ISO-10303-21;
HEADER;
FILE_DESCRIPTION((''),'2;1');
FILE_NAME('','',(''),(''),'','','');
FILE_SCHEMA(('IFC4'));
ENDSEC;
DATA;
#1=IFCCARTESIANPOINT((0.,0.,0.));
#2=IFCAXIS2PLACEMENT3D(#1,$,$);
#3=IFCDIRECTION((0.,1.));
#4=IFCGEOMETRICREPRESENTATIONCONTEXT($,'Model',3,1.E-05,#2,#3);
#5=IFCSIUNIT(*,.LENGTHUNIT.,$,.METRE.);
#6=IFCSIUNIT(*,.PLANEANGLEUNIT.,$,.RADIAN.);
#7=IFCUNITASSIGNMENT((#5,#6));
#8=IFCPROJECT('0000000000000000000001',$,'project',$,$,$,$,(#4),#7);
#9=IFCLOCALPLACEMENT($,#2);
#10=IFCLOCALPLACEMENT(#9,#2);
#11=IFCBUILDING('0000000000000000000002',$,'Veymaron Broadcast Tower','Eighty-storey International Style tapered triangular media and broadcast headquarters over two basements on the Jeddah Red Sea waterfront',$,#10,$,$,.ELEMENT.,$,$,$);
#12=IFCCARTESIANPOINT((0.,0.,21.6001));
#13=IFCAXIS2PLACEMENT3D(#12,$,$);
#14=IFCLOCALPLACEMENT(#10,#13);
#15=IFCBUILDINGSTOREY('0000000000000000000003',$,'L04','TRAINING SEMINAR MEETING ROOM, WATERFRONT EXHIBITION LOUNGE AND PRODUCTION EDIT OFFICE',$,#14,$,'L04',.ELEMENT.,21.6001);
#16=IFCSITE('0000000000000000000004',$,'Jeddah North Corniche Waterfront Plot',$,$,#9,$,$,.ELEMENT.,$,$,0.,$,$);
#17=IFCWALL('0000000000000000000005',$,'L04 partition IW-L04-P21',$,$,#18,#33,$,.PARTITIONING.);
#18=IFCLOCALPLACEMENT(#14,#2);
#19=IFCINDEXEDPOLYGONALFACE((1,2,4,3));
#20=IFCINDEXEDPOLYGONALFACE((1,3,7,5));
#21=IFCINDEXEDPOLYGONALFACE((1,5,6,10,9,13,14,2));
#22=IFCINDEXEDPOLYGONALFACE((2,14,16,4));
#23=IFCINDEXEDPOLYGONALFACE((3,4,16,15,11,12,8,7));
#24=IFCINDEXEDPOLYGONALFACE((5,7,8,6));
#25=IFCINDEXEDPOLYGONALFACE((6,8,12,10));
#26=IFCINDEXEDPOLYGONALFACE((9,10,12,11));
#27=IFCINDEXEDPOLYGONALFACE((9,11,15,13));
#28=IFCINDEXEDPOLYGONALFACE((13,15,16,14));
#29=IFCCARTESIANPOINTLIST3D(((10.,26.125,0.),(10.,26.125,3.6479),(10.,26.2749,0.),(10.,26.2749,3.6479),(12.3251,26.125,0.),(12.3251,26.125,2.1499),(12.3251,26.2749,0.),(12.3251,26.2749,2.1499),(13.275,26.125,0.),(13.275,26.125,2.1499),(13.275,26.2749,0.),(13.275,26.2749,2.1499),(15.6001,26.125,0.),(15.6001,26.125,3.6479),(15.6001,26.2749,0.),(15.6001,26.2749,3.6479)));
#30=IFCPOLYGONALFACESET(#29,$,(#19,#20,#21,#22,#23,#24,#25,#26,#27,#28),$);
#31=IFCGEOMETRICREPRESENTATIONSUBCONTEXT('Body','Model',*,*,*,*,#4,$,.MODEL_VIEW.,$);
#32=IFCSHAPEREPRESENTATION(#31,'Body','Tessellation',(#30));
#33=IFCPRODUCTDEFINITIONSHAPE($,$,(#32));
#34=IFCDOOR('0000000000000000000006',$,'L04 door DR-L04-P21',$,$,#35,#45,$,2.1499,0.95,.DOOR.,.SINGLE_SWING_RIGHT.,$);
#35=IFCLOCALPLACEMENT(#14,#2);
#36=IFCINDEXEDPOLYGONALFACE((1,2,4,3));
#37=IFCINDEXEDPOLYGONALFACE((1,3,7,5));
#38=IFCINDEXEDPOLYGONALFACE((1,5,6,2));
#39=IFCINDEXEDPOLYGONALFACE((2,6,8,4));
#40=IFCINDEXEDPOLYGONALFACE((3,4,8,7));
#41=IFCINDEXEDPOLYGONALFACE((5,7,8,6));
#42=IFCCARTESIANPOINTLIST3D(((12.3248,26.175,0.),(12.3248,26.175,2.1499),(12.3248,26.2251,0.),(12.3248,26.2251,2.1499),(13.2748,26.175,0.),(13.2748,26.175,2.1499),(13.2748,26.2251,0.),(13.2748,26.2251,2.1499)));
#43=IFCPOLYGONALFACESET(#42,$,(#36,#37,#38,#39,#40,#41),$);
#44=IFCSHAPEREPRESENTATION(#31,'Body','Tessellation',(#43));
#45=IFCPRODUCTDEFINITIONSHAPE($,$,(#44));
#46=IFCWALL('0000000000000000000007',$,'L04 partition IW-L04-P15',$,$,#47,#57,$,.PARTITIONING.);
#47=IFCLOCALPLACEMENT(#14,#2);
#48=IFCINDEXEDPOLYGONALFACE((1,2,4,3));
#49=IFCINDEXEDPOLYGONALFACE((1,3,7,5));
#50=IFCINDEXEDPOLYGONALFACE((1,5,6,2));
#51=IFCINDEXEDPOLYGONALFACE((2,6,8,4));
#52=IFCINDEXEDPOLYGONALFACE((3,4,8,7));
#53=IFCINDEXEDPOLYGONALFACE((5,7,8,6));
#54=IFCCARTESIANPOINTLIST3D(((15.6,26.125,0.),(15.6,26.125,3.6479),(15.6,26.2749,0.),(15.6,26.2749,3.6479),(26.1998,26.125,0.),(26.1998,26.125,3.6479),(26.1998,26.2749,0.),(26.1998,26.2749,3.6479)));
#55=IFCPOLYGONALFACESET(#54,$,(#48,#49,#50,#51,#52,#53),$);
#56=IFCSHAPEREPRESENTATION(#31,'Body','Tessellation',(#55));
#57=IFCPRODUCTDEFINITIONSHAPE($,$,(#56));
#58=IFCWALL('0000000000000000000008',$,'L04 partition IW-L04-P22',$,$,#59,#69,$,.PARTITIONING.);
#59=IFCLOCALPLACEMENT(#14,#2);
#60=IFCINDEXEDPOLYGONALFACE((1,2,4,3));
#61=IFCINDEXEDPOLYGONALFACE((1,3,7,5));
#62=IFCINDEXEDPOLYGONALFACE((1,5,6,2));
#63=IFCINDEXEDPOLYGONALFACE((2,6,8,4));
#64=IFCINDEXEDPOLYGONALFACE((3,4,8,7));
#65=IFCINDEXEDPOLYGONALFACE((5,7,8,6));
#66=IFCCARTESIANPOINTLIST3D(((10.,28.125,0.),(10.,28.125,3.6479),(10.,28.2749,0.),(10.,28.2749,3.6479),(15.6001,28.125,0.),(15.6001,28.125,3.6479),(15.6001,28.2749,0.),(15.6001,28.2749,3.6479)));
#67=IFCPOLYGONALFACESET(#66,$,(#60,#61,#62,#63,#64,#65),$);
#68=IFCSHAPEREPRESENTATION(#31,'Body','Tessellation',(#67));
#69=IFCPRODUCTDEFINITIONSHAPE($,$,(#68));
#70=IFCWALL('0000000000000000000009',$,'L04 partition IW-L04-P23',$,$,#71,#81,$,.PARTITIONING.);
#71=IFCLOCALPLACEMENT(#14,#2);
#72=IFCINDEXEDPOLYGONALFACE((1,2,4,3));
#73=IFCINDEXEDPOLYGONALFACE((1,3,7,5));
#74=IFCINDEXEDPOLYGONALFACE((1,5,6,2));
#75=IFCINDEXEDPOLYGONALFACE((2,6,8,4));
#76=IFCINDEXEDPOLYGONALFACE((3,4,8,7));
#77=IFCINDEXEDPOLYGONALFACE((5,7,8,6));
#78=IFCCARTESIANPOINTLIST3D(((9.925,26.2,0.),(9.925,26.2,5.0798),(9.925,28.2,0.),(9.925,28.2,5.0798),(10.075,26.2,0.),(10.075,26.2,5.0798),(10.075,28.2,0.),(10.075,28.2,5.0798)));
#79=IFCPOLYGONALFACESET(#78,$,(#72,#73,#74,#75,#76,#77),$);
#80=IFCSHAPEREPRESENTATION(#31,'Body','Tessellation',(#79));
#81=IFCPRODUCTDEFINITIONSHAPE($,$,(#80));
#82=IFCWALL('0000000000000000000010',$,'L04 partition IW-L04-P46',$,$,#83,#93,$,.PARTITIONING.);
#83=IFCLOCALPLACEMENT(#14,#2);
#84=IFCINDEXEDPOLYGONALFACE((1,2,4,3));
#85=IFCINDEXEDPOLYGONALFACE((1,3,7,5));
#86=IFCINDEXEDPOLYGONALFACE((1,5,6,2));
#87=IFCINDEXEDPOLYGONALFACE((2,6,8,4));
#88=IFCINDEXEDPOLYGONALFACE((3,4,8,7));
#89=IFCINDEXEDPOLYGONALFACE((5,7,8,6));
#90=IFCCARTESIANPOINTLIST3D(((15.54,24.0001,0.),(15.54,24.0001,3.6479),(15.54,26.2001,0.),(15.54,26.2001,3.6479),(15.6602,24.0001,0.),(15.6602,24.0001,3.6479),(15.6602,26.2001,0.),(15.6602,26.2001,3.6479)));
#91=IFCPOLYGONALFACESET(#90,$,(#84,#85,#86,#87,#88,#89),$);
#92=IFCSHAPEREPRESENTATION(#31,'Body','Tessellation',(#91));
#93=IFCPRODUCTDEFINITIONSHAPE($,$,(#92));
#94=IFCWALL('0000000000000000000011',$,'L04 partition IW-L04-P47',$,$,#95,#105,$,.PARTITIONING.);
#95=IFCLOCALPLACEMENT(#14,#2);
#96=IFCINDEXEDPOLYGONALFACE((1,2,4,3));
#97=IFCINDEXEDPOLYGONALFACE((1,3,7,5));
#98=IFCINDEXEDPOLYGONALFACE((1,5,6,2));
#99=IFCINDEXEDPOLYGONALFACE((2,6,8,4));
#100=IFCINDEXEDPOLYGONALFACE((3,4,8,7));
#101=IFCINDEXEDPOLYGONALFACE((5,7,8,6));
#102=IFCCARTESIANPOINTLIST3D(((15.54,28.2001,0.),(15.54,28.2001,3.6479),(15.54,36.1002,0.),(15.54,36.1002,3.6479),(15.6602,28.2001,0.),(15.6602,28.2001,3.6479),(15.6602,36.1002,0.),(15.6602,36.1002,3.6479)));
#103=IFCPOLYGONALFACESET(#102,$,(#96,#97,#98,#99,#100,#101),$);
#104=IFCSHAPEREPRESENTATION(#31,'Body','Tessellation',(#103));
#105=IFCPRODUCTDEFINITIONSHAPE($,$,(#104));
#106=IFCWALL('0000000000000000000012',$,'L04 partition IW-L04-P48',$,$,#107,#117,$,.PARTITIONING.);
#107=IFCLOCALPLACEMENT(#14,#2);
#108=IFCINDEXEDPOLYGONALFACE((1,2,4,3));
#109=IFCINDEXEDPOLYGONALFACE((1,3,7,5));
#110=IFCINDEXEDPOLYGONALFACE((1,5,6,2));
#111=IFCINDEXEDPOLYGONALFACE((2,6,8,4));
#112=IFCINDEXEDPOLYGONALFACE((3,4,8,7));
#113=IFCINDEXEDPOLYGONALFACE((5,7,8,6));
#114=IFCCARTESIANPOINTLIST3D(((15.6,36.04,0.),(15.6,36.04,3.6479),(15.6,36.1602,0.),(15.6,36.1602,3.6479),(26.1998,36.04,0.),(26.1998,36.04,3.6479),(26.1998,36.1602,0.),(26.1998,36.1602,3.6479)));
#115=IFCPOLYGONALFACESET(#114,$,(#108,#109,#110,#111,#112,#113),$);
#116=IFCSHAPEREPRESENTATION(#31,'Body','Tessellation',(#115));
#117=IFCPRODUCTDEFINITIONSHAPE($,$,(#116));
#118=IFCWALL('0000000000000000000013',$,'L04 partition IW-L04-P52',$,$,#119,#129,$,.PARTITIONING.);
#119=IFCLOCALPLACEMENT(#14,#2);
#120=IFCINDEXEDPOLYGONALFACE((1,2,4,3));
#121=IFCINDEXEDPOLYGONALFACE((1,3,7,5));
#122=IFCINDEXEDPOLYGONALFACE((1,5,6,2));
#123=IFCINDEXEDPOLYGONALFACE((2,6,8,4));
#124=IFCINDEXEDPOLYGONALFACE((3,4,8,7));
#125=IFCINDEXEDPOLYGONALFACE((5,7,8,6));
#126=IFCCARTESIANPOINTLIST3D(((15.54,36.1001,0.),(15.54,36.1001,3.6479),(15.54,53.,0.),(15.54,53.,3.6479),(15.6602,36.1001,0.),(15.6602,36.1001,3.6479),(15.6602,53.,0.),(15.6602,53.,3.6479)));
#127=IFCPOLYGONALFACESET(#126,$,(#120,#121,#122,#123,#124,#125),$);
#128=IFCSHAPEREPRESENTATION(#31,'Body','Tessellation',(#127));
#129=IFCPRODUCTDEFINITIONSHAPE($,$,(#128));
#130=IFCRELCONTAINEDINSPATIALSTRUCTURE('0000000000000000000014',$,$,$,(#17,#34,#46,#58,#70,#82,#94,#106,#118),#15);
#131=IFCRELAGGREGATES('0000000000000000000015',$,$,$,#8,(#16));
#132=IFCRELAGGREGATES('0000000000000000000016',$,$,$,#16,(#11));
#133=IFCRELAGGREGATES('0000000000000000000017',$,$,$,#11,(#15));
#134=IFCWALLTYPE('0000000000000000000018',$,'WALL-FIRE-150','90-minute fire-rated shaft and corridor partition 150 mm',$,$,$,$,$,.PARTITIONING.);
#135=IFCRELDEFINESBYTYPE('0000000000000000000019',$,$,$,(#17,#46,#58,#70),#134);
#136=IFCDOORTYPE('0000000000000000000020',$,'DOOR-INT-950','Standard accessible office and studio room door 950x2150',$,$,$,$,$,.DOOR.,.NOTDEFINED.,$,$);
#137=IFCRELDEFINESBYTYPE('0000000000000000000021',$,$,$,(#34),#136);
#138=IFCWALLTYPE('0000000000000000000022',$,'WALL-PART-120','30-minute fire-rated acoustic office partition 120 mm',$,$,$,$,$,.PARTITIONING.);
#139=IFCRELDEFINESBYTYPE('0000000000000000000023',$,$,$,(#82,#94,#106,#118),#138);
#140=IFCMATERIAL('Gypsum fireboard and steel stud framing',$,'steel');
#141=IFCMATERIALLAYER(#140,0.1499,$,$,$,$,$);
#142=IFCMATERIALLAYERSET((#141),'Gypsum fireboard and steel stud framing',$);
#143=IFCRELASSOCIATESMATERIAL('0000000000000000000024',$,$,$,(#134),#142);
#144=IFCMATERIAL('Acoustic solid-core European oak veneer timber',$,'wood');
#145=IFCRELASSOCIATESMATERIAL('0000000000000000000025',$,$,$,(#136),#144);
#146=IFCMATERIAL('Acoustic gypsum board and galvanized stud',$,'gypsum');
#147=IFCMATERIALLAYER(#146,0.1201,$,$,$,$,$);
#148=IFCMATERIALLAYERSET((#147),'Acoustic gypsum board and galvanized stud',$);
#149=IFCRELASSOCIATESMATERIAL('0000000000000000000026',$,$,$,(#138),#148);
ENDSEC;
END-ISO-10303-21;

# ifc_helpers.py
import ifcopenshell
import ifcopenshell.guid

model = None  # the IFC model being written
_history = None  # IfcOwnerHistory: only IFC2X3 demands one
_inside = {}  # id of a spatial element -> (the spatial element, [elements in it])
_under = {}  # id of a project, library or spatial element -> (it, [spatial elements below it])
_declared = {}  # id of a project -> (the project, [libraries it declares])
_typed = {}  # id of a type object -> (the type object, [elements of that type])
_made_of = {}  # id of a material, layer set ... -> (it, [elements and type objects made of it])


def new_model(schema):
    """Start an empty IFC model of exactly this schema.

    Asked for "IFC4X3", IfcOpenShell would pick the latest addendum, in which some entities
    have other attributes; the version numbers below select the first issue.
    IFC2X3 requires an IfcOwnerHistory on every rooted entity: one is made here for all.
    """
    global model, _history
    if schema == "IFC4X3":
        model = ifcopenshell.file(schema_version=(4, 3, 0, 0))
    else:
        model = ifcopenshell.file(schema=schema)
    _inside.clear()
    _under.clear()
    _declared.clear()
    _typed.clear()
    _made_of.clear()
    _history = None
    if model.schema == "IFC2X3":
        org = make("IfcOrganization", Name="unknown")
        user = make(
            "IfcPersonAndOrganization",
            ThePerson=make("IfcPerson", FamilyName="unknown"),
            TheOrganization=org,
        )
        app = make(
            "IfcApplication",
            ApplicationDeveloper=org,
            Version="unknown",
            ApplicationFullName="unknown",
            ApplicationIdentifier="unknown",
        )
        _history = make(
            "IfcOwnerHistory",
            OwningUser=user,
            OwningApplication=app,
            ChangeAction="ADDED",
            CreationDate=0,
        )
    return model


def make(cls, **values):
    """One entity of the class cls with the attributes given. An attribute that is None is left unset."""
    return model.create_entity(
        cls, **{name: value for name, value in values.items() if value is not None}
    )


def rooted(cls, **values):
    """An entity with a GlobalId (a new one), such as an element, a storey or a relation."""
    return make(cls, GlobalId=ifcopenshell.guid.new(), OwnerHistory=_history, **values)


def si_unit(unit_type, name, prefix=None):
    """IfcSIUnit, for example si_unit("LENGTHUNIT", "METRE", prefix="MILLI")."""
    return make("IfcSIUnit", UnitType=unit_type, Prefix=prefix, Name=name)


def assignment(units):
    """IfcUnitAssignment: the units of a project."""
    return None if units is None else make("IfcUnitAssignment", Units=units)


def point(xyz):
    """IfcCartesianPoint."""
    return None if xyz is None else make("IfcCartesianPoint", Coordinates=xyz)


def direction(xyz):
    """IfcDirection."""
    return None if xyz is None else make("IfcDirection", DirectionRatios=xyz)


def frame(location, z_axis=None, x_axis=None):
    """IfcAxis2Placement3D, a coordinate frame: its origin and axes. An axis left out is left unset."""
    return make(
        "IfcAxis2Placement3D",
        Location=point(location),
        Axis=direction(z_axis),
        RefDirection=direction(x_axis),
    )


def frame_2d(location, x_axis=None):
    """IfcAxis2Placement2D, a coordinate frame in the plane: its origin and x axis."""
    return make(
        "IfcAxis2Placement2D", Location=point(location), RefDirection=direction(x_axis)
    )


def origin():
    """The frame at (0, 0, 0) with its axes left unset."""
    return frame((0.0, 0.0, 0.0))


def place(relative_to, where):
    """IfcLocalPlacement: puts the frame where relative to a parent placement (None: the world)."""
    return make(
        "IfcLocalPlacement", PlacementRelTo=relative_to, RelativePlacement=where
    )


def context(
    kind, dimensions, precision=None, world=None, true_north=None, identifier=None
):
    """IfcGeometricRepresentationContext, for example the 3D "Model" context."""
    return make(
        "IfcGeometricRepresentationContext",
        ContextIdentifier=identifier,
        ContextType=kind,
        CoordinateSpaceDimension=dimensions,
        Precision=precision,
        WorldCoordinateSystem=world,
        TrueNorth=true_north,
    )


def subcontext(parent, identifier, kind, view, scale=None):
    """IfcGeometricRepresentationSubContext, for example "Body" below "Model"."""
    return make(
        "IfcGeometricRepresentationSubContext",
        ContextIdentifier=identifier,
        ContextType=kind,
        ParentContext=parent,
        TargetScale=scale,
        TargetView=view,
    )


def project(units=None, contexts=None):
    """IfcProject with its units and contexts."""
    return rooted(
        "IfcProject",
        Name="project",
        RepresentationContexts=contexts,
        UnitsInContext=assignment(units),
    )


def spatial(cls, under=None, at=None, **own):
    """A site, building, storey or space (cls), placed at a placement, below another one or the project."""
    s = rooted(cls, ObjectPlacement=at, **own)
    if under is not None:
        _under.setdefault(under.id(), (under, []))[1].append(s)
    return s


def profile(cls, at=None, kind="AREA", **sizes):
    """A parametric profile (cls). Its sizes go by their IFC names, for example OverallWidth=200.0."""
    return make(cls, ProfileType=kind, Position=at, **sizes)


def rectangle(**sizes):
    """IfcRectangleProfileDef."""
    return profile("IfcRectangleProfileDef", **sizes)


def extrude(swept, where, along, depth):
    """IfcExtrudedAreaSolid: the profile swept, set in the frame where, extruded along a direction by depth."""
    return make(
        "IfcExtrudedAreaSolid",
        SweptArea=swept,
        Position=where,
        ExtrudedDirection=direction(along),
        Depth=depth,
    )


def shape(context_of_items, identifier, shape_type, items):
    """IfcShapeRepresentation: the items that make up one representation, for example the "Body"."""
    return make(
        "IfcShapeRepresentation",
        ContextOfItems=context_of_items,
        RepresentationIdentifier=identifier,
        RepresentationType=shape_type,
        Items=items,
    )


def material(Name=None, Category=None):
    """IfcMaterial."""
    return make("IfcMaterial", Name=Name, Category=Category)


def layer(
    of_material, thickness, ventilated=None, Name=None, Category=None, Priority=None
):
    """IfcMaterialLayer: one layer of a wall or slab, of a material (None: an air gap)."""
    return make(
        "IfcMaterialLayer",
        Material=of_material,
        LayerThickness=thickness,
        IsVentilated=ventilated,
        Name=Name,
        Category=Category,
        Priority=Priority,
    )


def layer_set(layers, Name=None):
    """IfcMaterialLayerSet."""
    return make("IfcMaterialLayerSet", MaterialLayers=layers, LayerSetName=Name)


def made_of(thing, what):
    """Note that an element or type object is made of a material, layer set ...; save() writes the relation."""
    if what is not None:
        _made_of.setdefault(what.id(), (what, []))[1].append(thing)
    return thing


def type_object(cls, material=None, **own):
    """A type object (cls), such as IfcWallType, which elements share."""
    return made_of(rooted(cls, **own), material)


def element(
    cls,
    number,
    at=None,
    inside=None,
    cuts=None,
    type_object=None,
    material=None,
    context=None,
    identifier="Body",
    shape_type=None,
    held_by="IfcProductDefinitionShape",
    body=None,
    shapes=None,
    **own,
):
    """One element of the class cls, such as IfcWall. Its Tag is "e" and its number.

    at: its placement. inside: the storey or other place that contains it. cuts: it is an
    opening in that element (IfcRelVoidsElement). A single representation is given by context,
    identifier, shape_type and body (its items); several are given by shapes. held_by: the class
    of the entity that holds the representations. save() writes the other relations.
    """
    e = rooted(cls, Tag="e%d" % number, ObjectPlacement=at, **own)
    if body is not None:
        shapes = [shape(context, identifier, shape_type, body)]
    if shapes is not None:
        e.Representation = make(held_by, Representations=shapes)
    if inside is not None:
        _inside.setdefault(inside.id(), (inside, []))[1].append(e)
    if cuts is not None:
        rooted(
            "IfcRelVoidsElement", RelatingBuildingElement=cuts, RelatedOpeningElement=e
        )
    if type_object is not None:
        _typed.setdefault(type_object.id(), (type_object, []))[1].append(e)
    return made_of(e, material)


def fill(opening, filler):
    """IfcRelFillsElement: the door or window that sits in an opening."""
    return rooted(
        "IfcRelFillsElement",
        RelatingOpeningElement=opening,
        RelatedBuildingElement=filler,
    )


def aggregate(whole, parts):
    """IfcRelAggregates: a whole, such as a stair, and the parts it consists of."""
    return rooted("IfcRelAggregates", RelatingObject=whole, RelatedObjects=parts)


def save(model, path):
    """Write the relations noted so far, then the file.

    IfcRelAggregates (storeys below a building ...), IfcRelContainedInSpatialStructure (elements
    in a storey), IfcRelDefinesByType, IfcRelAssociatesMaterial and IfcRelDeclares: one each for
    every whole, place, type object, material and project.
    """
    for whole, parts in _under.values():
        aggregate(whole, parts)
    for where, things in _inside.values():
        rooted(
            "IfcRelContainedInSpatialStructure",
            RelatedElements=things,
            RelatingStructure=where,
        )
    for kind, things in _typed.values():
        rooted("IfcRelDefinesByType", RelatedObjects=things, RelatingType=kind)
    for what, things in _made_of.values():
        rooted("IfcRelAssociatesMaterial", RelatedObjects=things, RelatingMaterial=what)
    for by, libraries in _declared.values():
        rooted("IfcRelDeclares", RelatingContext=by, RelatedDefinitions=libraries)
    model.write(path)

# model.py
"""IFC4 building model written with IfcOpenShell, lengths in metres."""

from ifc_helpers import new_model, si_unit, direction, frame, frame_2d, origin, place, context, subcontext, project, spatial, rectangle, extrude, material, layer, layer_set, type_object, element, fill, save


model = new_model("IFC4")

# Units and contexts
model_context = context("Model", 3, precision=1e-05, world=origin(), true_north=direction((0.0, 1.0)))
body_context = subcontext(model_context, "Body", "Model", "MODEL_VIEW")
ifc_project = project(units=[si_unit("LENGTHUNIT", "METRE"), si_unit("PLANEANGLEUNIT", "RADIAN")], contexts=[model_context])

# Site, building, storey
site_placement = place(None, origin())
site = spatial("IfcSite", under=ifc_project, at=site_placement, Name="Jeddah North Corniche Waterfront Plot", CompositionType="ELEMENT", RefElevation=0.0)
building_placement = place(site_placement, origin())
building = spatial("IfcBuilding", under=site, at=building_placement, Name="Veymaron Broadcast Tower", Description="Eighty-storey International Style tapered triangular media and broadcast headquarters over two basements on the Jeddah Red Sea waterfront", CompositionType="ELEMENT")
storey_placement = place(building_placement, frame((0.0, 0.0, 21.6001)))
storey = spatial("IfcBuildingStorey", under=building, at=storey_placement, Name="L04", Description="TRAINING SEMINAR MEETING ROOM, WATERFRONT EXHIBITION LOUNGE AND PRODUCTION EDIT OFFICE", LongName="L04", CompositionType="ELEMENT", Elevation=21.6001)

# Wall, opening, door
ifc_material_1 = material(Name="Gypsum fireboard and steel stud framing", Category="steel")
ifc_layer_1 = layer(ifc_material_1, 0.1499)
ifc_layer_set_1 = layer_set([ifc_layer_1], Name="Gypsum fireboard and steel stud framing")
wall_type_1 = type_object("IfcWallType", Name="WALL-FIRE-150", Description="90-minute fire-rated shaft and corridor partition 150 mm", PredefinedType="PARTITIONING", material=ifc_layer_set_1)
ifc_material_2 = material(Name="Acoustic solid-core European oak veneer timber", Category="wood")
door_type = type_object("IfcDoorType", Name="DOOR-INT-950", Description="Standard accessible office and studio room door 950x2150", OperationType="NOTDEFINED", PredefinedType="DOOR", material=ifc_material_2)
wall_1_placement = place(storey_placement, frame((10.0, 26.2, 0.0), z_axis=(0.0, 0.0, 1.0), x_axis=(1.0, 0.0, 0.0)))
wall_1 = element("IfcWall", 1, at=wall_1_placement, inside=storey, type_object=wall_type_1, Name="L04 partition IW-L04-P21", PredefinedType="PARTITIONING", context=body_context, shape_type="SweptSolid", body=[
    extrude(rectangle(XDim=5.6001, YDim=0.1499, at=frame_2d((2.8, 0.0))), origin(), (0.0, 0.0, 1.0), 3.6479),
])
opening_1_placement = place(wall_1_placement, frame((2.325, 0.0, 0.0)))
opening_1 = element("IfcOpeningElement", 2, at=opening_1_placement, cuts=wall_1, PredefinedType="OPENING", context=body_context, shape_type="SweptSolid", body=[
    extrude(rectangle(XDim=0.95, YDim=2.1499, at=frame_2d((0.4751, 1.075))), frame((0.0, 0.085, 0.0), z_axis=(0.0, -1.0, 0.0), x_axis=(1.0, 0.0, 0.0)), (0.0, 0.0, 1.0), 0.1699),
])
door_1_placement = place(opening_1_placement, frame((0.95, 0.0, 0.0), z_axis=(0.0, 0.0, 1.0), x_axis=(-1.0, 0.0, 0.0)))
door_1 = element("IfcDoor", 3, at=door_1_placement, inside=storey, type_object=door_type, Name="L04 door DR-L04-P21", OperationType="SINGLE_SWING_RIGHT", OverallHeight=2.1499, OverallWidth=0.95, PredefinedType="DOOR", context=body_context, shape_type="SweptSolid", body=[
    extrude(rectangle(XDim=0.95, YDim=2.1499, at=frame_2d((0.4751, 1.075))), frame((0.0, 0.0249, 0.0), z_axis=(0.0, -1.0, 0.0), x_axis=(1.0, 0.0, 0.0)), (0.0, 0.0, 1.0), 0.05),
])
fill(opening_1, door_1)

# Walls
wall_2_placement = place(storey_placement, frame((15.6001, 26.2, 0.0), z_axis=(0.0, 0.0, 1.0), x_axis=(1.0, 0.0, 0.0)))
element("IfcWall", 4, at=wall_2_placement, inside=storey, type_object=wall_type_1, Name="L04 partition IW-L04-P15", PredefinedType="PARTITIONING", context=body_context, shape_type="SweptSolid", body=[
    extrude(rectangle(XDim=10.5999, YDim=0.1499, at=frame_2d((5.2998, 0.0))), origin(), (0.0, 0.0, 1.0), 3.6479),
])
wall_3_placement = place(storey_placement, frame((10.0, 28.2, 0.0), z_axis=(0.0, 0.0, 1.0), x_axis=(1.0, 0.0, 0.0)))
element("IfcWall", 5, at=wall_3_placement, inside=storey, type_object=wall_type_1, Name="L04 partition IW-L04-P22", PredefinedType="PARTITIONING", context=body_context, shape_type="SweptSolid", body=[
    extrude(rectangle(XDim=5.6001, YDim=0.1499, at=frame_2d((2.8, 0.0))), origin(), (0.0, 0.0, 1.0), 3.6479),
])
wall_4_placement = place(storey_placement, frame((10.0, 26.2, 0.0), z_axis=(0.0, 0.0, 1.0), x_axis=(0.0, 1.0, 0.0)))
element("IfcWall", 6, at=wall_4_placement, inside=storey, type_object=wall_type_1, Name="L04 partition IW-L04-P23", PredefinedType="PARTITIONING", context=body_context, shape_type="SweptSolid", body=[
    extrude(rectangle(XDim=2.0, YDim=0.1499, at=frame_2d((1.0, 0.0))), origin(), (0.0, 0.0, 1.0), 5.0798),
])
ifc_material_3 = material(Name="Acoustic gypsum board and galvanized stud", Category="gypsum")
ifc_layer_2 = layer(ifc_material_3, 0.1201)
ifc_layer_set_2 = layer_set([ifc_layer_2], Name="Acoustic gypsum board and galvanized stud")
wall_type_2 = type_object("IfcWallType", Name="WALL-PART-120", Description="30-minute fire-rated acoustic office partition 120 mm", PredefinedType="PARTITIONING", material=ifc_layer_set_2)
wall_5_placement = place(storey_placement, frame((15.6001, 24.0, 0.0), z_axis=(0.0, 0.0, 1.0), x_axis=(0.0, 1.0, 0.0)))
element("IfcWall", 7, at=wall_5_placement, inside=storey, type_object=wall_type_2, Name="L04 partition IW-L04-P46", PredefinedType="PARTITIONING", context=body_context, shape_type="SweptSolid", body=[
    extrude(rectangle(XDim=2.2, YDim=0.1201, at=frame_2d((1.1001, 0.0))), origin(), (0.0, 0.0, 1.0), 3.6479),
])
wall_6_placement = place(storey_placement, frame((15.6001, 28.2, 0.0), z_axis=(0.0, 0.0, 1.0), x_axis=(0.0, 1.0, 0.0)))
element("IfcWall", 8, at=wall_6_placement, inside=storey, type_object=wall_type_2, Name="L04 partition IW-L04-P47", PredefinedType="PARTITIONING", context=body_context, shape_type="SweptSolid", body=[
    extrude(rectangle(XDim=7.9001, YDim=0.1201, at=frame_2d((3.9502, 0.0))), origin(), (0.0, 0.0, 1.0), 3.6479),
])
wall_7_placement = place(storey_placement, frame((15.6001, 36.1001, 0.0), z_axis=(0.0, 0.0, 1.0), x_axis=(1.0, 0.0, 0.0)))
element("IfcWall", 9, at=wall_7_placement, inside=storey, type_object=wall_type_2, Name="L04 partition IW-L04-P48", PredefinedType="PARTITIONING", context=body_context, shape_type="SweptSolid", body=[
    extrude(rectangle(XDim=10.5999, YDim=0.1201, at=frame_2d((5.2998, 0.0))), origin(), (0.0, 0.0, 1.0), 3.6479),
])
wall_8_placement = place(storey_placement, frame((15.6001, 36.1001, 0.0), z_axis=(0.0, 0.0, 1.0), x_axis=(0.0, 1.0, 0.0)))
element("IfcWall", 10, at=wall_8_placement, inside=storey, type_object=wall_type_2, Name="L04 partition IW-L04-P52", PredefinedType="PARTITIONING", context=body_context, shape_type="SweptSolid", body=[
    extrude(rectangle(XDim=16.8999, YDim=0.1201, at=frame_2d((8.45, 0.0))), origin(), (0.0, 0.0, 1.0), 3.6479),
])

save(model, "model.ifc")
